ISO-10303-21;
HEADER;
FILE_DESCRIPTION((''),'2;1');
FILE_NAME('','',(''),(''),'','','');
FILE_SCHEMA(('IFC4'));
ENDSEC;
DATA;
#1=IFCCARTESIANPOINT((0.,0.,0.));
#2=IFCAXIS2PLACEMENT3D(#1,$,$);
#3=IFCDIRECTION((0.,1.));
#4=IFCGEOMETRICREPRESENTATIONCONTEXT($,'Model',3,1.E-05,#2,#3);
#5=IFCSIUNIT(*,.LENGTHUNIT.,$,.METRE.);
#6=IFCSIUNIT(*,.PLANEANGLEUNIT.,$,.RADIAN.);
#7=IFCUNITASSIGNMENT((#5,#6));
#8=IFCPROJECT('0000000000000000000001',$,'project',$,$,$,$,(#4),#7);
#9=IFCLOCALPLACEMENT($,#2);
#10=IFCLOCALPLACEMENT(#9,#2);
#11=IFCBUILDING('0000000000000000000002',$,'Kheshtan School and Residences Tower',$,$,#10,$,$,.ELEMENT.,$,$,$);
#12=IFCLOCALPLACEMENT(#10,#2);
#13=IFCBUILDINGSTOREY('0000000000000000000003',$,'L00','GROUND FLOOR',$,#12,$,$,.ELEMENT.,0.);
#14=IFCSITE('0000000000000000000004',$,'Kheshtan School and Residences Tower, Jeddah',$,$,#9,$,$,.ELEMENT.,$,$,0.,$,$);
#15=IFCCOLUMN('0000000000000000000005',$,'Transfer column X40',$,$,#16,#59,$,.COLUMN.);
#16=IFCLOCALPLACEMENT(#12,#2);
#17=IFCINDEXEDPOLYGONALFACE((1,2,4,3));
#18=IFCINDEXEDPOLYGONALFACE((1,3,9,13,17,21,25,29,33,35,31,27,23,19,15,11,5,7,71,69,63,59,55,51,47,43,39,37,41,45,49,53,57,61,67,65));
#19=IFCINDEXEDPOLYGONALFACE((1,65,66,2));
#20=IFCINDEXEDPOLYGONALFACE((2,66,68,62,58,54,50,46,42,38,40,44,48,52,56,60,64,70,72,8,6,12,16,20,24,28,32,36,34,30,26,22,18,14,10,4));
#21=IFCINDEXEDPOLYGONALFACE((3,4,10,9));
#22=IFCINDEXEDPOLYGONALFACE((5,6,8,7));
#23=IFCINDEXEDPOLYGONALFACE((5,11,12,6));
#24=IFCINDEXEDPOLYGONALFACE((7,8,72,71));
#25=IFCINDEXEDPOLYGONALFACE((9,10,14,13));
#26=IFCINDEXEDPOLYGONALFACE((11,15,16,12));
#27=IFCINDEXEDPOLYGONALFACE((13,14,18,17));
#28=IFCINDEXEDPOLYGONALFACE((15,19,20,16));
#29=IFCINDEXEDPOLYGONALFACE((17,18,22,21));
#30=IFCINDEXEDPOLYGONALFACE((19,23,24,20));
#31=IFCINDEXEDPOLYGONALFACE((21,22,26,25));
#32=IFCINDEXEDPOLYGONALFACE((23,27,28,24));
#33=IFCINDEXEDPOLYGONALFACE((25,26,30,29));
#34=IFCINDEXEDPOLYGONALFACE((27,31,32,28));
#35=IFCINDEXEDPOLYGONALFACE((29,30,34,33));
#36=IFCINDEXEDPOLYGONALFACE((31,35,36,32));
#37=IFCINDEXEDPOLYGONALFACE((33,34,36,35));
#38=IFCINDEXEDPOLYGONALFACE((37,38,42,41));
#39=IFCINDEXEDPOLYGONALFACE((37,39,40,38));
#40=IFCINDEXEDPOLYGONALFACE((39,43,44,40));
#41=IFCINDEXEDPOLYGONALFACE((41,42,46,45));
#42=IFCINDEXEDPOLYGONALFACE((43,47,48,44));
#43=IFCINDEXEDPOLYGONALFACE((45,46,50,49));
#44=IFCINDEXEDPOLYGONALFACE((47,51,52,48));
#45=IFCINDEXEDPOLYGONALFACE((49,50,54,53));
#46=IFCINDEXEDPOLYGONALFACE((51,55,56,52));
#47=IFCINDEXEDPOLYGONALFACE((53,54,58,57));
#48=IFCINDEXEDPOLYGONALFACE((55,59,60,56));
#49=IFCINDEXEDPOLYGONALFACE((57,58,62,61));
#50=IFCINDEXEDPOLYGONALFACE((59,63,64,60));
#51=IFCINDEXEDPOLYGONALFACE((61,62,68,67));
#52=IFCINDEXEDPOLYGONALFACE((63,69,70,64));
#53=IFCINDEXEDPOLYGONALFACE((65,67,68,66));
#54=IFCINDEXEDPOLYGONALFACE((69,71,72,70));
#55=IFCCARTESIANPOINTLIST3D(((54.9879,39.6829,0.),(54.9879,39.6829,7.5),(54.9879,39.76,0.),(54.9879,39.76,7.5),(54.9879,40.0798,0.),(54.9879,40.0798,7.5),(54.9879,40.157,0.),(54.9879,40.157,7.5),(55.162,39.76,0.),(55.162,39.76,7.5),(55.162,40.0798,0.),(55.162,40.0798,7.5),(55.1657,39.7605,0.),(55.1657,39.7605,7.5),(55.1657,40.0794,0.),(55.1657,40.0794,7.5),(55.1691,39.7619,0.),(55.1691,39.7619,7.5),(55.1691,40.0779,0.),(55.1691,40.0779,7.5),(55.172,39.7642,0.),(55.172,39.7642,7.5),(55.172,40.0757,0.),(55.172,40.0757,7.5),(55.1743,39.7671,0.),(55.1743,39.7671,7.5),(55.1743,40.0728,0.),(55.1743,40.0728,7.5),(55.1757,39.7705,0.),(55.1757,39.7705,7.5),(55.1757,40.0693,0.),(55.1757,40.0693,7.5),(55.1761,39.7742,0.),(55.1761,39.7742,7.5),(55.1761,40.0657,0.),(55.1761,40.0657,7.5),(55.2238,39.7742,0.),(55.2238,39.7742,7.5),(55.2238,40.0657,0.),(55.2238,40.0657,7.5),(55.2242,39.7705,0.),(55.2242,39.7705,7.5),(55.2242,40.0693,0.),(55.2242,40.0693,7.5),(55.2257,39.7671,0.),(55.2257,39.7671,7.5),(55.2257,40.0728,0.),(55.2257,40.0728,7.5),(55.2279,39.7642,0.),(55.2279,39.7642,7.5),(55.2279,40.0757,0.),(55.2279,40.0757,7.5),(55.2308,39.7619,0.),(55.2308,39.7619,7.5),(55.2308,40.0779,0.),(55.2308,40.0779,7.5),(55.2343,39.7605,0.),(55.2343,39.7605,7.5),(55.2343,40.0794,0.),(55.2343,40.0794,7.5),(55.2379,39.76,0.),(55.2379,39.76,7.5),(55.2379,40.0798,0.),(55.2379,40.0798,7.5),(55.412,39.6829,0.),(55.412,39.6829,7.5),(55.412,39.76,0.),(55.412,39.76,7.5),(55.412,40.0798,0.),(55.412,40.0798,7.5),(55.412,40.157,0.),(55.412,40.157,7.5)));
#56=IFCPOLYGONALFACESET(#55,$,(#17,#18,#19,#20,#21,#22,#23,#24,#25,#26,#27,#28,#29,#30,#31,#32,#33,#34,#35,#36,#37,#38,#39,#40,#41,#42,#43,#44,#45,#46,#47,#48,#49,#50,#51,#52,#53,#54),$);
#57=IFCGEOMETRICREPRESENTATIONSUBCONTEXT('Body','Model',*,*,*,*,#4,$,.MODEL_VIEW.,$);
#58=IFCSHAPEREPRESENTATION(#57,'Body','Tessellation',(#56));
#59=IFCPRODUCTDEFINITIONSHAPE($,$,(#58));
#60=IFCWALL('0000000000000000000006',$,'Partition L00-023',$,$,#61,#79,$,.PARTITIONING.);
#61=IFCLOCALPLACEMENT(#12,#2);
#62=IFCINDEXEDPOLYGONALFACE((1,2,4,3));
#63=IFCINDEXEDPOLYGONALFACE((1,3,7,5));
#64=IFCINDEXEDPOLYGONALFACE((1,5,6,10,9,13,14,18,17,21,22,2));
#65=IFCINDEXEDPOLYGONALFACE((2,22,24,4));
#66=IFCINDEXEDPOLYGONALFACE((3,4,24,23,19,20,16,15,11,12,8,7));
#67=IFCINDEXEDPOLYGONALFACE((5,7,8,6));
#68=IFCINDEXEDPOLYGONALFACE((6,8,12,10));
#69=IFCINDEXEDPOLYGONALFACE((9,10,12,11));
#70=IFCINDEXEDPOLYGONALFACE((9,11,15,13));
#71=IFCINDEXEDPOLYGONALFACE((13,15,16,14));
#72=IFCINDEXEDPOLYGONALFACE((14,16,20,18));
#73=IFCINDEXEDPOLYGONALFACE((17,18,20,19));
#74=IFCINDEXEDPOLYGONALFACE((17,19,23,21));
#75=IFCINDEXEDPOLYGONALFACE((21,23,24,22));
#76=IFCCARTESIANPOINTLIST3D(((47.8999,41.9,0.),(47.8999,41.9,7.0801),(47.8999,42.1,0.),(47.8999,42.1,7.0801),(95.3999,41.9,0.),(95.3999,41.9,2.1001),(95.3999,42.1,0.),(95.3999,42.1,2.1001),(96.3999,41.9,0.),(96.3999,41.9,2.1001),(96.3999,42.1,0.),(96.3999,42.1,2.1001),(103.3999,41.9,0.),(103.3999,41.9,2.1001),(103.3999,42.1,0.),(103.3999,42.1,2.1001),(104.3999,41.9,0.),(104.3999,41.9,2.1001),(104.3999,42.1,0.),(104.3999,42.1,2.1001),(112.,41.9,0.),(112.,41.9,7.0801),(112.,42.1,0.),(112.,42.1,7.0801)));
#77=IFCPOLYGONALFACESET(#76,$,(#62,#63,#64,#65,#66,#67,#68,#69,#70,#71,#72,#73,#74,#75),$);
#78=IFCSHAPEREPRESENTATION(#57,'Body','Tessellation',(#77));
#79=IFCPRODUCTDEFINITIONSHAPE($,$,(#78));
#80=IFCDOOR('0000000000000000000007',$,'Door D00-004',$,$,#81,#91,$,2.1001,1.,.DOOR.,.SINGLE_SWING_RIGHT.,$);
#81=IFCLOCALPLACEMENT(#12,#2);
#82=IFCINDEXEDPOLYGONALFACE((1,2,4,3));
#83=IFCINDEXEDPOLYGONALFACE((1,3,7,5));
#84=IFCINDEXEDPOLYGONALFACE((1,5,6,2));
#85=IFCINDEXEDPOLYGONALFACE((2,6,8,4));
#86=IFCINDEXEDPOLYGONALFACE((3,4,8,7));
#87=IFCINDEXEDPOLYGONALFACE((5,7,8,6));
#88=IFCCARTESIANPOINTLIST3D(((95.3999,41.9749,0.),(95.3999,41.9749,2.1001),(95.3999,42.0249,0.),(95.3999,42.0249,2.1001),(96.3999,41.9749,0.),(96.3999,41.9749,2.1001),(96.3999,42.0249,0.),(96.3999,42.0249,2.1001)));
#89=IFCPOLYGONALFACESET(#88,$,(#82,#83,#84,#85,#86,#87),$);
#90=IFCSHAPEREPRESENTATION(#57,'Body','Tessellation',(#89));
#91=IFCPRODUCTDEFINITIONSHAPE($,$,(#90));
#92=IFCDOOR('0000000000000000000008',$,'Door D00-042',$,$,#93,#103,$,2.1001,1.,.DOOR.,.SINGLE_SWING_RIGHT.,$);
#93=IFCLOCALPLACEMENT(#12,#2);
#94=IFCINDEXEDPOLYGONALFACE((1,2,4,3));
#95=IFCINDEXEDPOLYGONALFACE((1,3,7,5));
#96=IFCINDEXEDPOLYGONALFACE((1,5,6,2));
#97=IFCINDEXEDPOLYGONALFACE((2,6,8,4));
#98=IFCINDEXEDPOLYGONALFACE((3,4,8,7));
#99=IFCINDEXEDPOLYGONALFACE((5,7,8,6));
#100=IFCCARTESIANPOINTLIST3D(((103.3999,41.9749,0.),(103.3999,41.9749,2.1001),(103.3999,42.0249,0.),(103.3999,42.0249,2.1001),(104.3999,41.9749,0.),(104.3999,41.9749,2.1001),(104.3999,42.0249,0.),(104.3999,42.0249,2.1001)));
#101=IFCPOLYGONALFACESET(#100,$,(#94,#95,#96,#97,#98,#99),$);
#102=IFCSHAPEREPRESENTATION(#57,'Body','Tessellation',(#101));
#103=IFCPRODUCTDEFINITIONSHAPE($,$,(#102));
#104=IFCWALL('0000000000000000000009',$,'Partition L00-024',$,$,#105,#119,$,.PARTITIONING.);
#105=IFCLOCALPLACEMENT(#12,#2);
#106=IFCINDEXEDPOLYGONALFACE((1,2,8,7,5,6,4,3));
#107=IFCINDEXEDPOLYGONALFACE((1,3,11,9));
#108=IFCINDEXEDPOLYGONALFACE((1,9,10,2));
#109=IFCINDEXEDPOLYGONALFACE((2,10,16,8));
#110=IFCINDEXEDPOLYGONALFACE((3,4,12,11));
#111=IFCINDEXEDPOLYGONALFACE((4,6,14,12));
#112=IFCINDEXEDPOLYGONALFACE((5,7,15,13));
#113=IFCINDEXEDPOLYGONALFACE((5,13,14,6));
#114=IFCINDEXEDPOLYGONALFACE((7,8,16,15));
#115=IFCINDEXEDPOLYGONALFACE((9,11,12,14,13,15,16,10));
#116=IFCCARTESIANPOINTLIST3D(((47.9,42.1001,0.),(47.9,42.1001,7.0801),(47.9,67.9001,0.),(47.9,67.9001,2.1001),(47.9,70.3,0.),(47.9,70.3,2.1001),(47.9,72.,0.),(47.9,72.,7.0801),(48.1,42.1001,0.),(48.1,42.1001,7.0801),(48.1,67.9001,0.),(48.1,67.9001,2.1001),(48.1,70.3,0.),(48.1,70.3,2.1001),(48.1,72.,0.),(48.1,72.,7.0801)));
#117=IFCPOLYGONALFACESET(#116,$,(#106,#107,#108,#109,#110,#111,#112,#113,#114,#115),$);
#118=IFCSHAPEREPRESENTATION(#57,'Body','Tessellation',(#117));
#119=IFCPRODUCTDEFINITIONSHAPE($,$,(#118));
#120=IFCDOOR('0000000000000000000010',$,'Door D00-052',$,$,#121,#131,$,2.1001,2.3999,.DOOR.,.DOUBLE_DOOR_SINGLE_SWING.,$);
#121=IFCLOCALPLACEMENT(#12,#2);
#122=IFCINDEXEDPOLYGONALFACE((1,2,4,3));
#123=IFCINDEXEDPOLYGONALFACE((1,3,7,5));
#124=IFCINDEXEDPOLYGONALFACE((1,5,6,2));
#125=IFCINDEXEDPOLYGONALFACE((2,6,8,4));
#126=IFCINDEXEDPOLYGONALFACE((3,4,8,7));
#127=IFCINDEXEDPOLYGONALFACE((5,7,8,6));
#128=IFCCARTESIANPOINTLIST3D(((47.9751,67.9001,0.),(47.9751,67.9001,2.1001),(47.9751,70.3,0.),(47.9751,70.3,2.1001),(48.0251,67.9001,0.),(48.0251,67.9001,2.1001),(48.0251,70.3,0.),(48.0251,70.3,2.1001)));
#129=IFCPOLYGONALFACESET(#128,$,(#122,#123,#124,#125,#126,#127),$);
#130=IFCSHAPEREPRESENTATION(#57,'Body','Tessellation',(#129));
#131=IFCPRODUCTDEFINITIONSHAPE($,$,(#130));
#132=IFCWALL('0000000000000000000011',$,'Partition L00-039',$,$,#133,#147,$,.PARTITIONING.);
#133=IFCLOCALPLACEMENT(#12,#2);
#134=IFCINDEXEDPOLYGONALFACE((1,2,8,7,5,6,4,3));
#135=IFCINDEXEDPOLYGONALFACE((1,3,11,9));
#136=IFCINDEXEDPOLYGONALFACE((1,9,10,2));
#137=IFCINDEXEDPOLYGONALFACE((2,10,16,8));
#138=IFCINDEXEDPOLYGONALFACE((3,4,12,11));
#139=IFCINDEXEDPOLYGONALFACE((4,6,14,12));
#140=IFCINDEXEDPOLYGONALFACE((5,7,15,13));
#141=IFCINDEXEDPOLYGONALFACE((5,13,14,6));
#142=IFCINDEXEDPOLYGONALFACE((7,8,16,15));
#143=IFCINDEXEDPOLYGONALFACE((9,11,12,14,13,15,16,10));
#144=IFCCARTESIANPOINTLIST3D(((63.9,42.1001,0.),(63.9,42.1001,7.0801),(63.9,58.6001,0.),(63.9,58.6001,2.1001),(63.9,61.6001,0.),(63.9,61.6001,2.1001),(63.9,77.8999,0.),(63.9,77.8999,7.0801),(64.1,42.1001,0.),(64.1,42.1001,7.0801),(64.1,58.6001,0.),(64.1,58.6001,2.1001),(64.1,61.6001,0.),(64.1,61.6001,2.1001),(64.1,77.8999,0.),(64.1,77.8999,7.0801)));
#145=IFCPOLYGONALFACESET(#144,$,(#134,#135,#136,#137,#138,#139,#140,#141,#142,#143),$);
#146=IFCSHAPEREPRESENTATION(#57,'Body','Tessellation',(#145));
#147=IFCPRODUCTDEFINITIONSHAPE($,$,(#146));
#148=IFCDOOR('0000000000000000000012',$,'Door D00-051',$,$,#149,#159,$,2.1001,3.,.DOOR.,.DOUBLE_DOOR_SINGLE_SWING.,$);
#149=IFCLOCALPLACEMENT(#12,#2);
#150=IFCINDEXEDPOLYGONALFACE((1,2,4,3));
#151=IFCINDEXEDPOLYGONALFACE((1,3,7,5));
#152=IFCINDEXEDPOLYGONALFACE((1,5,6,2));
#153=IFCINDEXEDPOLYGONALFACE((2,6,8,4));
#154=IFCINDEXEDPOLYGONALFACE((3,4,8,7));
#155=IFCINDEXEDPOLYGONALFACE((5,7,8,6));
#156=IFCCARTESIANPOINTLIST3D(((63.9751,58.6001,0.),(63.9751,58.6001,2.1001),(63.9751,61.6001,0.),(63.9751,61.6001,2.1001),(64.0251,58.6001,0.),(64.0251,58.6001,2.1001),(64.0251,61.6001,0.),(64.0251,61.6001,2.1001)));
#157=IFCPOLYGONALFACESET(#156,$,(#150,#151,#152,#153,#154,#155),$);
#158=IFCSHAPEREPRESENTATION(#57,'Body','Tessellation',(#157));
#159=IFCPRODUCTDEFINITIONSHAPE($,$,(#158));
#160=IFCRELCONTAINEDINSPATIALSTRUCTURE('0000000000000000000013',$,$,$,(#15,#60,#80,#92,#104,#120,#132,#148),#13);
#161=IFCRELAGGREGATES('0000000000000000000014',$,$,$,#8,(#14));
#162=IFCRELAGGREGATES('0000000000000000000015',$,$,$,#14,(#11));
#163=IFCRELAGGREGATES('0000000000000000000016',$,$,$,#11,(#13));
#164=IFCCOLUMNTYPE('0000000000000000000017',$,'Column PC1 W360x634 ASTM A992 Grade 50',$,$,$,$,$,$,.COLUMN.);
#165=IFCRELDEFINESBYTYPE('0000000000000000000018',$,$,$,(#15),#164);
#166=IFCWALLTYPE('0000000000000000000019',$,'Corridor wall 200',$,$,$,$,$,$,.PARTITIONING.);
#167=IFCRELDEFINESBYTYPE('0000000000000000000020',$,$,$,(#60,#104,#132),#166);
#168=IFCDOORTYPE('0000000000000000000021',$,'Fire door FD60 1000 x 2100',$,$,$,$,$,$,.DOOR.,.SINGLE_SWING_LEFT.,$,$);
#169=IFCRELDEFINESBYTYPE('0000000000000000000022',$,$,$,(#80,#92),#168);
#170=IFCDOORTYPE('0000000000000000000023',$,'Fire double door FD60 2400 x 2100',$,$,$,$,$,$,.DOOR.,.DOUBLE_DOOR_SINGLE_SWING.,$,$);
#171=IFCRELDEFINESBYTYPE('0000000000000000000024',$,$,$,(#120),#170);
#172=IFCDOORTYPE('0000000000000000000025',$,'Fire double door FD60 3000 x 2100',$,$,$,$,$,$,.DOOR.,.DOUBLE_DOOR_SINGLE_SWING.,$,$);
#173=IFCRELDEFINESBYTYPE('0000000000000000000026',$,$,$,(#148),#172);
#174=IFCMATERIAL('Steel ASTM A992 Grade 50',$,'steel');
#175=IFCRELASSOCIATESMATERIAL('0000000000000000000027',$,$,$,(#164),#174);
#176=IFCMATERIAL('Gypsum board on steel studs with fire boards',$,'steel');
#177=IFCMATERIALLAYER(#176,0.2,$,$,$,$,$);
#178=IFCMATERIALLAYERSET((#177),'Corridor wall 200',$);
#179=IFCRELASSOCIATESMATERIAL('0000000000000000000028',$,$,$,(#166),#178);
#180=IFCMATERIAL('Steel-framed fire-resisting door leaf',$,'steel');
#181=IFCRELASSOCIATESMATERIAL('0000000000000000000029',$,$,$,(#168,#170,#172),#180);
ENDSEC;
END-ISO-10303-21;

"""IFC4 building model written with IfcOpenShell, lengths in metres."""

from ifc_helpers import new_model, si_unit, direction, frame, frame_2d, origin, origin_2d, place, context, subcontext, project, spatial, rectangle, i_section, extrude, source, transform, mapped, material, layer, layer_set, material_profile, profile_set, type_object, element, fill, save


model = new_model("IFC4")

# Units and contexts
model_context = context("Model", 3, precision=1e-05, world=origin(), true_north=direction((0.0, 1.0)))
body_context = subcontext(model_context, "Body", "Model", "MODEL_VIEW")
ifc_project = project(units=[si_unit("LENGTHUNIT", "METRE"), si_unit("PLANEANGLEUNIT", "RADIAN")], contexts=[model_context])

# Site, building, storey
site_placement = place(None, origin())
site = spatial("IfcSite", under=ifc_project, at=site_placement, Name="Kheshtan School and Residences Tower, Jeddah", CompositionType="ELEMENT", RefElevation=0.0)
building_placement = place(site_placement, origin())
building = spatial("IfcBuilding", under=site, at=building_placement, Name="Kheshtan School and Residences Tower", CompositionType="ELEMENT")
storey_placement = place(building_placement, origin())
storey = spatial("IfcBuildingStorey", under=building, at=storey_placement, Name="L00", Description="GROUND FLOOR", CompositionType="ELEMENT", Elevation=0.0)

# Column
ifc_material_1 = material(Name="Steel ASTM A992 Grade 50", Category="steel")
ifc_material_profile = material_profile(ifc_material_1, i_section(OverallWidth=0.4241, OverallDepth=0.4741, WebThickness=0.0476, FlangeThickness=0.0771, FilletRadius=0.0142, at=origin_2d()), Name="W360x634")
ifc_profile_set = profile_set([ifc_material_profile], Name="Steel ASTM A992 Grade 50")
column_type = type_object("IfcColumnType", Name="Column PC1 W360x634 ASTM A992 Grade 50", PredefinedType="COLUMN", material=ifc_profile_set)
for number, where, z_axis, x_axis, name in (
    (1, (55.2, 39.9199, 0.0), (0.0, 0.0, 1.0), (1.0, 0.0, 0.0), "Transfer column X40"),
):
    element("IfcColumn", number, at=place(storey_placement, frame(where, z_axis=z_axis, x_axis=x_axis)), inside=storey, type_object=column_type, Name=name, PredefinedType="COLUMN", context=body_context, shape_type="SweptSolid", body=[
        extrude(i_section(OverallWidth=0.4241, OverallDepth=0.4741, WebThickness=0.0476, FlangeThickness=0.0771, FilletRadius=0.0142, at=origin_2d()), origin(), (0.0, 0.0, 1.0), 7.5),
    ])

# Wall, openings, doors
ifc_material_2 = material(Name="Gypsum board on steel studs with fire boards", Category="steel")
ifc_layer_1 = layer(ifc_material_2, 0.2)
ifc_layer_set_1 = layer_set([ifc_layer_1], Name="Corridor wall 200")
wall_type = type_object("IfcWallType", Name="Corridor wall 200", PredefinedType="PARTITIONING", material=ifc_layer_set_1)
wall_1_placement = place(storey_placement, frame((47.8999, 42.0, 0.0), z_axis=(0.0, 0.0, 1.0), x_axis=(1.0, 0.0, 0.0)))
wall_1 = element("IfcWall", 2, at=wall_1_placement, inside=storey, type_object=wall_type, Name="Partition L00-023", PredefinedType="PARTITIONING", context=body_context, shape_type="SweptSolid", body=[
    extrude(rectangle(XDim=64.1001, YDim=0.2, at=frame_2d((32.05, 0.0))), origin(), (0.0, 0.0, 1.0), 7.0801),
])
opening_1_placement = place(wall_1_placement, frame((47.5, 0.0, 0.0)))
opening_1 = element("IfcOpeningElement", 3, at=opening_1_placement, cuts=wall_1, PredefinedType="OPENING", context=body_context, shape_type="SweptSolid", body=[
    extrude(rectangle(XDim=1.0, YDim=2.1001, at=frame_2d((0.5, 1.05))), frame((0.0, 0.1099, 0.0), z_axis=(0.0, -1.0, 0.0), x_axis=(1.0, 0.0, 0.0)), (0.0, 0.0, 1.0), 0.22),
])
opening_2_placement = place(wall_1_placement, frame((55.5, 0.0, 0.0)))
opening_2 = element("IfcOpeningElement", 4, at=opening_2_placement, cuts=wall_1, PredefinedType="OPENING", context=body_context, shape_type="SweptSolid", body=[
    extrude(rectangle(XDim=1.0, YDim=2.1001, at=frame_2d((0.5, 1.05))), frame((0.0, 0.1099, 0.0), z_axis=(0.0, -1.0, 0.0), x_axis=(1.0, 0.0, 0.0)), (0.0, 0.0, 1.0), 0.22),
])
ifc_material_3 = material(Name="Steel-framed fire-resisting door leaf", Category="steel")
door_type_1 = type_object("IfcDoorType", Name="Fire door FD60 1000 x 2100", OperationType="SINGLE_SWING_LEFT", PredefinedType="DOOR", material=ifc_material_3)
shared_shape_1 = source(origin(), body_context, "Body", "SweptSolid", [
    extrude(rectangle(XDim=1.0, YDim=2.1001, at=frame_2d((0.5, 1.05))), frame((0.0, 0.0249, 0.0), z_axis=(0.0, -1.0, 0.0), x_axis=(1.0, 0.0, 0.0)), (0.0, 0.0, 1.0), 0.05),
])
door_1_placement = place(opening_1_placement, origin())
door_1 = element("IfcDoor", 5, at=door_1_placement, inside=storey, type_object=door_type_1, Name="Door D00-004", OperationType="SINGLE_SWING_RIGHT", OverallHeight=2.1001, OverallWidth=1.0, PredefinedType="DOOR", context=body_context, shape_type="MappedRepresentation", body=[
    mapped(shared_shape_1, transform((0.0, 0.0, 0.0), x_axis=(1.0, 0.0, 0.0), y_axis=(0.0, 1.0, 0.0), z_axis=(0.0, 0.0, 1.0), scale=1.0)),
])
fill(opening_1, door_1)
door_2_placement = place(opening_2_placement, origin())
door_2 = element("IfcDoor", 6, at=door_2_placement, inside=storey, type_object=door_type_1, Name="Door D00-042", OperationType="SINGLE_SWING_RIGHT", OverallHeight=2.1001, OverallWidth=1.0, PredefinedType="DOOR", context=body_context, shape_type="MappedRepresentation", body=[
    mapped(shared_shape_1, transform((0.0, 0.0, 0.0), x_axis=(1.0, 0.0, 0.0), y_axis=(0.0, 1.0, 0.0), z_axis=(0.0, 0.0, 1.0), scale=1.0)),
])
fill(opening_2, door_2)

# Walls, openings, doors
wall_2_placement = place(storey_placement, frame((48.0, 42.1001, 0.0), z_axis=(0.0, 0.0, 1.0), x_axis=(0.0, 1.0, 0.0)))
wall_2 = element("IfcWall", 7, at=wall_2_placement, inside=storey, type_object=wall_type, Name="Partition L00-024", PredefinedType="PARTITIONING", context=body_context, shape_type="SweptSolid", body=[
    extrude(rectangle(XDim=29.8999, YDim=0.2, at=frame_2d((14.95, 0.0))), origin(), (0.0, 0.0, 1.0), 7.0801),
])
opening_3_placement = place(wall_2_placement, frame((25.8, 0.0, 0.0)))
opening_3 = element("IfcOpeningElement", 8, at=opening_3_placement, cuts=wall_2, PredefinedType="OPENING", context=body_context, shape_type="SweptSolid", body=[
    extrude(rectangle(XDim=2.3999, YDim=2.1001, at=frame_2d((1.2, 1.05))), frame((0.0, 0.1099, 0.0), z_axis=(0.0, -1.0, 0.0), x_axis=(1.0, 0.0, 0.0)), (0.0, 0.0, 1.0), 0.22),
])
door_type_2 = type_object("IfcDoorType", Name="Fire double door FD60 2400 x 2100", OperationType="DOUBLE_DOOR_SINGLE_SWING", PredefinedType="DOOR", material=ifc_material_3)
shared_shape_2 = source(origin(), body_context, "Body", "SweptSolid", [
    extrude(rectangle(XDim=2.3999, YDim=2.1001, at=frame_2d((1.2, 1.05))), frame((0.0, 0.0249, 0.0), z_axis=(0.0, -1.0, 0.0), x_axis=(1.0, 0.0, 0.0)), (0.0, 0.0, 1.0), 0.05),
])
door_3_placement = place(opening_3_placement, origin())
door_3 = element("IfcDoor", 9, at=door_3_placement, inside=storey, type_object=door_type_2, Name="Door D00-052", OperationType="DOUBLE_DOOR_SINGLE_SWING", OverallHeight=2.1001, OverallWidth=2.3999, PredefinedType="DOOR", context=body_context, shape_type="MappedRepresentation", body=[
    mapped(shared_shape_2, transform((0.0, 0.0, 0.0), x_axis=(1.0, 0.0, 0.0), y_axis=(0.0, 1.0, 0.0), z_axis=(0.0, 0.0, 1.0), scale=1.0)),
])
fill(opening_3, door_3)
wall_3_placement = place(storey_placement, frame((64.0, 42.1001, 0.0), z_axis=(0.0, 0.0, 1.0), x_axis=(0.0, 1.0, 0.0)))
wall_3 = element("IfcWall", 10, at=wall_3_placement, inside=storey, type_object=wall_type, Name="Partition L00-039", PredefinedType="PARTITIONING", context=body_context, shape_type="SweptSolid", body=[
    extrude(rectangle(XDim=35.7998, YDim=0.2, at=frame_2d((17.8999, 0.0))), origin(), (0.0, 0.0, 1.0), 7.0801),
])
opening_4_placement = place(wall_3_placement, frame((16.5, 0.0, 0.0)))
opening_4 = element("IfcOpeningElement", 11, at=opening_4_placement, cuts=wall_3, PredefinedType="OPENING", context=body_context, shape_type="SweptSolid", body=[
    extrude(rectangle(XDim=3.0, YDim=2.1001, at=frame_2d((1.5, 1.05))), frame((0.0, 0.1099, 0.0), z_axis=(0.0, -1.0, 0.0), x_axis=(1.0, 0.0, 0.0)), (0.0, 0.0, 1.0), 0.22),
])
door_type_3 = type_object("IfcDoorType", Name="Fire double door FD60 3000 x 2100", OperationType="DOUBLE_DOOR_SINGLE_SWING", PredefinedType="DOOR", material=ifc_material_3)
shared_shape_3 = source(origin(), body_context, "Body", "SweptSolid", [
    extrude(rectangle(XDim=3.0, YDim=2.1001, at=frame_2d((1.5, 1.05))), frame((0.0, 0.0249, 0.0), z_axis=(0.0, -1.0, 0.0), x_axis=(1.0, 0.0, 0.0)), (0.0, 0.0, 1.0), 0.05),
])
door_4_placement = place(opening_4_placement, origin())
door_4 = element("IfcDoor", 12, at=door_4_placement, inside=storey, type_object=door_type_3, Name="Door D00-051", OperationType="DOUBLE_DOOR_SINGLE_SWING", OverallHeight=2.1001, OverallWidth=3.0, PredefinedType="DOOR", context=body_context, shape_type="MappedRepresentation", body=[
    mapped(shared_shape_3, transform((0.0, 0.0, 0.0), x_axis=(1.0, 0.0, 0.0), y_axis=(0.0, 1.0, 0.0), z_axis=(0.0, 0.0, 1.0), scale=1.0)),
])
fill(opening_4, door_4)

save(model, "model.ifc")
